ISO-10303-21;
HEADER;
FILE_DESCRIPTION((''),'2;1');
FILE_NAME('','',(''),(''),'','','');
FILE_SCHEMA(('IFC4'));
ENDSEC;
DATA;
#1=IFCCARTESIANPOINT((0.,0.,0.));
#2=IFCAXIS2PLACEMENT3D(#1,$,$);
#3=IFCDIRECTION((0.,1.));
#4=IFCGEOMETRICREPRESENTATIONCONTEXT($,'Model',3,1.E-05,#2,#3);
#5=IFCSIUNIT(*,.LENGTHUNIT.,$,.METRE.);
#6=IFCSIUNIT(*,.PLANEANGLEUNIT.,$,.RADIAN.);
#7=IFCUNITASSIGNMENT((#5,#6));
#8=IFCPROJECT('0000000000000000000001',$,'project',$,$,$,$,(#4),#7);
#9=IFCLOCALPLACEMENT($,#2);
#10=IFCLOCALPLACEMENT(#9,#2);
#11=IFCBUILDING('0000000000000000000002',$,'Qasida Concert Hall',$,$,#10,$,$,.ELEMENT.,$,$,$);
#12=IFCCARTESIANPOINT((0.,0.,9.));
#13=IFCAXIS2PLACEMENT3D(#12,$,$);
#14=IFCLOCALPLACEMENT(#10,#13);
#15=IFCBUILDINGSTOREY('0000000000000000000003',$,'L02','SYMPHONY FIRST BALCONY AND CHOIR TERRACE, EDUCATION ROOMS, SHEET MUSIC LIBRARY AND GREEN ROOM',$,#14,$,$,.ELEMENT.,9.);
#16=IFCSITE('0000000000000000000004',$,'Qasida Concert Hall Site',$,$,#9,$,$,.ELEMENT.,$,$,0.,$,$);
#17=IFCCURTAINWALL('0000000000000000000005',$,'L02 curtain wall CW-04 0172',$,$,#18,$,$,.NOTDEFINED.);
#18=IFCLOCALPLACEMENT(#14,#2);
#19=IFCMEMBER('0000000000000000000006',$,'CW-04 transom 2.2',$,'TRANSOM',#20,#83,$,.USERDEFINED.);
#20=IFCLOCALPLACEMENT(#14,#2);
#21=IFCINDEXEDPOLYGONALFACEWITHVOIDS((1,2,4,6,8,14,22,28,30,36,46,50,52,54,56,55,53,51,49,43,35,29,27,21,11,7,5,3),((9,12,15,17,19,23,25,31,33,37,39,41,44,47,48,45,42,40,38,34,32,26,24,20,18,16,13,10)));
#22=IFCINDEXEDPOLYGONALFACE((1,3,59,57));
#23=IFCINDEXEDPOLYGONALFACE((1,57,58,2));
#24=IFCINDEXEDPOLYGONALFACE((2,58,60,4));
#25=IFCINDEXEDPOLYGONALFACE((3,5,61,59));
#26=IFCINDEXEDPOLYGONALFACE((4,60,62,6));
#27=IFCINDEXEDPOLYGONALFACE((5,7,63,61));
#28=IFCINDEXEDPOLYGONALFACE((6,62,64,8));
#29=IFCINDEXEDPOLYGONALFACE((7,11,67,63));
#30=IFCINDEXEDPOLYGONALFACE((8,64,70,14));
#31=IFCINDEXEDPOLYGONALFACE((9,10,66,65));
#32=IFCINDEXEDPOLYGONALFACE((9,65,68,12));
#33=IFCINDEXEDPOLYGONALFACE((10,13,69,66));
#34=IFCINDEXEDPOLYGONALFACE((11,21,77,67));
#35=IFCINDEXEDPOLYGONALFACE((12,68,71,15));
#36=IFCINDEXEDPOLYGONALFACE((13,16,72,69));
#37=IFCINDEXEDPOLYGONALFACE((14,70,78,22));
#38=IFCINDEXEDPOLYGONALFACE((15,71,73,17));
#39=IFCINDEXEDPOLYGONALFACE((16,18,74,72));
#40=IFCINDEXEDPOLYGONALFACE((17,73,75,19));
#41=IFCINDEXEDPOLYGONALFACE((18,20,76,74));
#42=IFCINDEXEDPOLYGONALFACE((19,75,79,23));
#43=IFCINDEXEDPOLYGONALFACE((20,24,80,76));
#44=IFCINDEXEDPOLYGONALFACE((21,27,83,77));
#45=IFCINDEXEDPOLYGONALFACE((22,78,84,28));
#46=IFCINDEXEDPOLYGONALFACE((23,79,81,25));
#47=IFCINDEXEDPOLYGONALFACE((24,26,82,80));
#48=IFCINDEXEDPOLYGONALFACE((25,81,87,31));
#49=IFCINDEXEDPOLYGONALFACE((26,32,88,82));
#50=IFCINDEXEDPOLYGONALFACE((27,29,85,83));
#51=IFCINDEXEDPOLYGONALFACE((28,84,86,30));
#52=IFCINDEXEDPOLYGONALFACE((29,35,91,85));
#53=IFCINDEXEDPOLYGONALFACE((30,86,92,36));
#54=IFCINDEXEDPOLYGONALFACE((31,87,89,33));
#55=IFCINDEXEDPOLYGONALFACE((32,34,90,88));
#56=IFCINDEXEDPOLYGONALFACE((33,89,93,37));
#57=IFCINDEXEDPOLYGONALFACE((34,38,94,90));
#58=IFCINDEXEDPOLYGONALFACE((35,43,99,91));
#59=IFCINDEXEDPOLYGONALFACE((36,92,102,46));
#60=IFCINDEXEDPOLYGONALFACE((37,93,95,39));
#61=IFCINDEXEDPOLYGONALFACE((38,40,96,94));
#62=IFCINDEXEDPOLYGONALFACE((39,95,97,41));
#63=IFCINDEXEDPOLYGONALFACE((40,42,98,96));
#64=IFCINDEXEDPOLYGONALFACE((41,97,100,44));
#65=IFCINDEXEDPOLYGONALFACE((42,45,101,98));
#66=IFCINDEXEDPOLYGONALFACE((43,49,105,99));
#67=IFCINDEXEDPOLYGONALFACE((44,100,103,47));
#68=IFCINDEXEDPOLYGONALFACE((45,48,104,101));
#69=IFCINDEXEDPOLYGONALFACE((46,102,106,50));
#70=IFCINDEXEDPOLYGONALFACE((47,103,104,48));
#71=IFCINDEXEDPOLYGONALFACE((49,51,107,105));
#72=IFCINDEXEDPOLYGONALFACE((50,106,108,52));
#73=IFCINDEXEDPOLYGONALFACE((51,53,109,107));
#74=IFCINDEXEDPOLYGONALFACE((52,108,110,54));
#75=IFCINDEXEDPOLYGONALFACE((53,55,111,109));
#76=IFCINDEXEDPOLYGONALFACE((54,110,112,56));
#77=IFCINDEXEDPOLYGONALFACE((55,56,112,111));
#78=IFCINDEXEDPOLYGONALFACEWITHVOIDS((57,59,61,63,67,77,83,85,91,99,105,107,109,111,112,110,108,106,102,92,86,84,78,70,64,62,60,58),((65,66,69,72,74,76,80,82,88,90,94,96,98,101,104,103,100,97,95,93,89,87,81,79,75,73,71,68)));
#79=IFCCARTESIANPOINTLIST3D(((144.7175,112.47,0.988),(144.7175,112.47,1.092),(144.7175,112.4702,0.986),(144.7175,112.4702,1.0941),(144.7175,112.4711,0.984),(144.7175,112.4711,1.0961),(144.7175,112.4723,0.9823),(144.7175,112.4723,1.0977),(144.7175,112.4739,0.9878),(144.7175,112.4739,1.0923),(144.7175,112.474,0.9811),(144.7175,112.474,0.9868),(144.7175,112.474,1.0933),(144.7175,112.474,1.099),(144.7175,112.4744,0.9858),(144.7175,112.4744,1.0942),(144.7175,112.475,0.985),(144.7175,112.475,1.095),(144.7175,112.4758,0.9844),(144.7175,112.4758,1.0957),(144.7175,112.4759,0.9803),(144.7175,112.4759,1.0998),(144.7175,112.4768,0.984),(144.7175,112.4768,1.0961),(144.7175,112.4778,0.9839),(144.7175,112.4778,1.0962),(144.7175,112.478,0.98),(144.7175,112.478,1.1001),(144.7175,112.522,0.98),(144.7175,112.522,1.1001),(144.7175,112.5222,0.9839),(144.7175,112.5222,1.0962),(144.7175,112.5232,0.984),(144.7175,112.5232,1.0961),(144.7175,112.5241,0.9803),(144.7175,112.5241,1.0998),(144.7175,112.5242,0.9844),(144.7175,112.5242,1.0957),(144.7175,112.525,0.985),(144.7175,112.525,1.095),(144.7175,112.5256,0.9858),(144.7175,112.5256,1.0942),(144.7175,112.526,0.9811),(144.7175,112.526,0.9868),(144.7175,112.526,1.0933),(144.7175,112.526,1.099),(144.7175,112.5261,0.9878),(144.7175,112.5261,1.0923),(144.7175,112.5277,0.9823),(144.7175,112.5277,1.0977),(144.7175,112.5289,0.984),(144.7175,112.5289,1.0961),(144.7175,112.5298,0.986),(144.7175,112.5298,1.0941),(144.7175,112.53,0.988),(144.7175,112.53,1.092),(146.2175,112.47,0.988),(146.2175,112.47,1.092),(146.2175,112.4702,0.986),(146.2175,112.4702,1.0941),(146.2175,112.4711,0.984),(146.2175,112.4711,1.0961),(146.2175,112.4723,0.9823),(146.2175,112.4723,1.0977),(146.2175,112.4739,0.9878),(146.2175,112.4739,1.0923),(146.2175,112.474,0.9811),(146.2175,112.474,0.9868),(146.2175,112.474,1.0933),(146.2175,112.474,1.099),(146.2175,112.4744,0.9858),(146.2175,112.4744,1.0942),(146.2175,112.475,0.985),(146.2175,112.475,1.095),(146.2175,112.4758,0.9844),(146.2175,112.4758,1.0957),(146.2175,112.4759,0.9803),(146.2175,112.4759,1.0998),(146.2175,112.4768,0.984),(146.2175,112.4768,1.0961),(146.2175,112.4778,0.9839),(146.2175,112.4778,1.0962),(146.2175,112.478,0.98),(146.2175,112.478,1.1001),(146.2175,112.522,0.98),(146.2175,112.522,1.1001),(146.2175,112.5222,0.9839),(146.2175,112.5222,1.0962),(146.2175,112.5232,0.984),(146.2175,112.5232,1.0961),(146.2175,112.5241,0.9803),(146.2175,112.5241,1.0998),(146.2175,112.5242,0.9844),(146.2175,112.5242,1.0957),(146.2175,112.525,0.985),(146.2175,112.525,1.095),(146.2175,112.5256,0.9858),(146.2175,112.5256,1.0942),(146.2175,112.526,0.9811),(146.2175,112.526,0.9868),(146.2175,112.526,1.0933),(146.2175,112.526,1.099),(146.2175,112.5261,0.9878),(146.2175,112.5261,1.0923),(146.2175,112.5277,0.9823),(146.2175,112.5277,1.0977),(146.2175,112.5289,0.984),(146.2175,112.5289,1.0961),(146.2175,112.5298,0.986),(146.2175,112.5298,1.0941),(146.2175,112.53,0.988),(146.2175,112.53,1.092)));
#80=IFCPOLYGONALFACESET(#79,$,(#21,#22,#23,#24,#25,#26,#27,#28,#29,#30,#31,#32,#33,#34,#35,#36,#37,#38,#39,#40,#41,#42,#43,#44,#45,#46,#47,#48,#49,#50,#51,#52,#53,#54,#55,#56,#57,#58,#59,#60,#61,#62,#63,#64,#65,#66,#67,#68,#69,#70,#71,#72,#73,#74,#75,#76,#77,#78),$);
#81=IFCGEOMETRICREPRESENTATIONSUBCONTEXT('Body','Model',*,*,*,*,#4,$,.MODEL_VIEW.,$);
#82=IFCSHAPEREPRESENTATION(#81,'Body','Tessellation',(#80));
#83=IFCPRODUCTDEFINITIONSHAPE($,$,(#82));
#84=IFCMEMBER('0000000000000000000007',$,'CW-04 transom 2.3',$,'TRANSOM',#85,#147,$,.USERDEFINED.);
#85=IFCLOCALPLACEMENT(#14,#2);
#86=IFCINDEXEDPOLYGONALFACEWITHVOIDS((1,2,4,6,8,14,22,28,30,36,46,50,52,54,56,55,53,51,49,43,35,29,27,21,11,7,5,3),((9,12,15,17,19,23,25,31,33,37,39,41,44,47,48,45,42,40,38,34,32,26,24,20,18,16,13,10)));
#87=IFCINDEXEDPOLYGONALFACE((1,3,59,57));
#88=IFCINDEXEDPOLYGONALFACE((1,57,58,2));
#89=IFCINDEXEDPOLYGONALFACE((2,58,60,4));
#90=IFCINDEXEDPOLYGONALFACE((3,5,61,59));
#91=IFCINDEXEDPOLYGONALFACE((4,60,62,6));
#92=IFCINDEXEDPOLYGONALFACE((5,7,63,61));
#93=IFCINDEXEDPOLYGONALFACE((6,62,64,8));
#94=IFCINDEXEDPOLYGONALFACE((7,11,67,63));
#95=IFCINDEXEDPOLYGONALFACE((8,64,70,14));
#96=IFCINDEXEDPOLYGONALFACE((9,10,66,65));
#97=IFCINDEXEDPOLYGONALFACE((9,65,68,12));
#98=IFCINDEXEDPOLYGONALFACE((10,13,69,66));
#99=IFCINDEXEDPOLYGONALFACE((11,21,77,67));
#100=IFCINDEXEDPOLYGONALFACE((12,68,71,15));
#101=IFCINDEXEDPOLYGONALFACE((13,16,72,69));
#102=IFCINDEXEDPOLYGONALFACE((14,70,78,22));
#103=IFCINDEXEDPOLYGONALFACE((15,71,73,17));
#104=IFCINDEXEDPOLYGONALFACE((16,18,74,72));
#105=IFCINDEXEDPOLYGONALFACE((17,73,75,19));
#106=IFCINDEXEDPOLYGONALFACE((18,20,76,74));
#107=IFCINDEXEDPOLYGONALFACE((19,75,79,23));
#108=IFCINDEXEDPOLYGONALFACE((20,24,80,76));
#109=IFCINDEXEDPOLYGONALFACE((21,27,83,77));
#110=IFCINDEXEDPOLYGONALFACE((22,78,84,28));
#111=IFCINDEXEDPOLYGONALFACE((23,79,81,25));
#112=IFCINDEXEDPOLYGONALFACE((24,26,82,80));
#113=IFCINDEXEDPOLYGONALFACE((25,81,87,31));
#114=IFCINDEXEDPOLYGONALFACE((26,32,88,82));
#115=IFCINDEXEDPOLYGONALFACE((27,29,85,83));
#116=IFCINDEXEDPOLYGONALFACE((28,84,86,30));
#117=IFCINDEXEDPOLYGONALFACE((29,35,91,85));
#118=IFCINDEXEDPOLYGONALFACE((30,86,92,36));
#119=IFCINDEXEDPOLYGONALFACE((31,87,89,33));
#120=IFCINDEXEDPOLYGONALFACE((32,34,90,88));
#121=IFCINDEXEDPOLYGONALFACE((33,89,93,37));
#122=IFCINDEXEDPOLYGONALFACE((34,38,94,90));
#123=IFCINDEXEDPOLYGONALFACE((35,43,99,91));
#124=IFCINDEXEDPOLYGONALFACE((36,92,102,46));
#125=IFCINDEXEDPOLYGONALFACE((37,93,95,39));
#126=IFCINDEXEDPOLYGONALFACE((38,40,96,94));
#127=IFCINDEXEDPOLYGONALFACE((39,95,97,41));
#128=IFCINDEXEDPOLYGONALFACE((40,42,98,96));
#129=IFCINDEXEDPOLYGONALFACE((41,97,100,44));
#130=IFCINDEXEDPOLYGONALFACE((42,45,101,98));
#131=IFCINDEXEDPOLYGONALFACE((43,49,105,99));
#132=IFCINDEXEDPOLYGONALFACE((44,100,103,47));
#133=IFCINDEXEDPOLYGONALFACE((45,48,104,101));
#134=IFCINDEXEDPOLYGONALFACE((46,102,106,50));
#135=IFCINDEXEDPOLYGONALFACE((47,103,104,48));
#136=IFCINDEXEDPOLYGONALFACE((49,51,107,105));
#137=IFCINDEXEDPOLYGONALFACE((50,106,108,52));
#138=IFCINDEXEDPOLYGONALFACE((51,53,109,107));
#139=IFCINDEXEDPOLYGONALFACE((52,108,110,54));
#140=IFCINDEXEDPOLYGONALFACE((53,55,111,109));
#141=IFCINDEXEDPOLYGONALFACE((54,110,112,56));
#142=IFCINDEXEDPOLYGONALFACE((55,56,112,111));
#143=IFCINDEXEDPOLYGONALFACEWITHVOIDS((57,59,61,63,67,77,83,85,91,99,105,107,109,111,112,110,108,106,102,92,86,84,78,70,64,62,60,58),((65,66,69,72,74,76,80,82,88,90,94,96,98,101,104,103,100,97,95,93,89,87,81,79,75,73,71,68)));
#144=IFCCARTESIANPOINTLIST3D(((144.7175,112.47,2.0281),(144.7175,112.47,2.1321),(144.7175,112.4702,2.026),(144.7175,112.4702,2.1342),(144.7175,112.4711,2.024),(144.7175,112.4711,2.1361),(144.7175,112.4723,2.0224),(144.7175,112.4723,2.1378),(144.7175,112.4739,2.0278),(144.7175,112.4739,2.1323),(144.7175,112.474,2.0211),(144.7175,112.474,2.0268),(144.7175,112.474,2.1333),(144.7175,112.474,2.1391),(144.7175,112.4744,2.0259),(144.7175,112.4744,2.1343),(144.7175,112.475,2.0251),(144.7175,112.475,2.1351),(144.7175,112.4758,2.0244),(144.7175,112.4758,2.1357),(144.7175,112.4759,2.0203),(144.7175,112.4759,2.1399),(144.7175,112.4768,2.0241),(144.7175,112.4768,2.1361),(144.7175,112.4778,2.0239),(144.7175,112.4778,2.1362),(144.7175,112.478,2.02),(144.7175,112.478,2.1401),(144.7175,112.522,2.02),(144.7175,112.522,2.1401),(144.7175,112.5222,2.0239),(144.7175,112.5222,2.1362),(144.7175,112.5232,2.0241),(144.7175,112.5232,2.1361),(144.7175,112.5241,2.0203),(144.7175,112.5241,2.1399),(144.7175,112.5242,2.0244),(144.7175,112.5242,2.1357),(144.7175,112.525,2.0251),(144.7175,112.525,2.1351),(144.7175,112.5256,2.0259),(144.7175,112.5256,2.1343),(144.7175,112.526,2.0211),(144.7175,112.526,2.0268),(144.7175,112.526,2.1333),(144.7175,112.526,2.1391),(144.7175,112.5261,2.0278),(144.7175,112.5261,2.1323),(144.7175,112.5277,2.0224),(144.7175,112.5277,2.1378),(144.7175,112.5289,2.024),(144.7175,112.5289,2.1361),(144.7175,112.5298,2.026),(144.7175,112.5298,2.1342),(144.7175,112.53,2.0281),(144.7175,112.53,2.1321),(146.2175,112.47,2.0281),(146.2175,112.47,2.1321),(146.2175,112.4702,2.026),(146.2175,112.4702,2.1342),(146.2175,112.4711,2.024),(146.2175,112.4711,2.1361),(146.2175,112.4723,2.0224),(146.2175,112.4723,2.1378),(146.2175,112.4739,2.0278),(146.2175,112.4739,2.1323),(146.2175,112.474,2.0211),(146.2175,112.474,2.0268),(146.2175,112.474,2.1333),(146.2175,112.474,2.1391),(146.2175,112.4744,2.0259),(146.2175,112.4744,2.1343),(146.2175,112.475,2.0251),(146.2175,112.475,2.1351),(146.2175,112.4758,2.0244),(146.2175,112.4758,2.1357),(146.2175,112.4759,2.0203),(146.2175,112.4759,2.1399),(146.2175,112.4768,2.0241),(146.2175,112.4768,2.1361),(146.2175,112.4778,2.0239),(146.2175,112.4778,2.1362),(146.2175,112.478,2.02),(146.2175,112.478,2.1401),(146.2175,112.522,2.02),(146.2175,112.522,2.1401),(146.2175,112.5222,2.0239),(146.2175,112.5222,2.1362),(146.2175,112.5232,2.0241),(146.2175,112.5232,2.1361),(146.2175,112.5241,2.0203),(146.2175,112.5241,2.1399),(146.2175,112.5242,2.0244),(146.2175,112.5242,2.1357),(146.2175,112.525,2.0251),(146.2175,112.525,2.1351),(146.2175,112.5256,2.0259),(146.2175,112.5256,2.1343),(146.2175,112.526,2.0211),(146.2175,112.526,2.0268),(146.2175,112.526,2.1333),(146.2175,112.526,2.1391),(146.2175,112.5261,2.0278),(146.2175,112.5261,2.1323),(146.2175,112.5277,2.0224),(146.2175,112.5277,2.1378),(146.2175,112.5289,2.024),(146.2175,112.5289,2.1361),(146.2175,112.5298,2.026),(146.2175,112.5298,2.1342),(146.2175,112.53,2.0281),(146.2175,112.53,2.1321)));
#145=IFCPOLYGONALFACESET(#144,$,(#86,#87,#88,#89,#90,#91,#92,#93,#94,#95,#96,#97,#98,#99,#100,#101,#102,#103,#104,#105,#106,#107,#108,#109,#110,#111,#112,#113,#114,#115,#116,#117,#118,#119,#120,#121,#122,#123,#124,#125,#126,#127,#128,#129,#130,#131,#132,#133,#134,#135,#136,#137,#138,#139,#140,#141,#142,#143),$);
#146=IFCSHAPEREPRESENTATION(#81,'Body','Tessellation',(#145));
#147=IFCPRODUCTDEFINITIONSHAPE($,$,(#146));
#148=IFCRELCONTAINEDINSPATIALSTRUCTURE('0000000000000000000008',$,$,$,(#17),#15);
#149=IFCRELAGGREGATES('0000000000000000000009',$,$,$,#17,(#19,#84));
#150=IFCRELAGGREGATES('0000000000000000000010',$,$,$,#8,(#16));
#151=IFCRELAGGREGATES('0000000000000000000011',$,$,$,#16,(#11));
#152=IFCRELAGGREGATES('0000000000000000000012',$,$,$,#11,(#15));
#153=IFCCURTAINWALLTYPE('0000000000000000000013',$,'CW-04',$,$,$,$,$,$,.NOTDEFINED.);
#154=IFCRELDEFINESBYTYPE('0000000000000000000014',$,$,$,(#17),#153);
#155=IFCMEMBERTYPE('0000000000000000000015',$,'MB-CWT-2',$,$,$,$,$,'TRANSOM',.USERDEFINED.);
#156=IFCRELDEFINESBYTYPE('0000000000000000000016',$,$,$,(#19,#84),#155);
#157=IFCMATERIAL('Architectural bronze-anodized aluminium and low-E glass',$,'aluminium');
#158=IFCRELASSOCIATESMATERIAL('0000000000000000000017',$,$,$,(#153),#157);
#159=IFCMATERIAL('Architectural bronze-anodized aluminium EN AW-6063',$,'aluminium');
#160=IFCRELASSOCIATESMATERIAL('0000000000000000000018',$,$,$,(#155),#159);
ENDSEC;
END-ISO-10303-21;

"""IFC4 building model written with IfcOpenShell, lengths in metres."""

from ifc_helpers import new_model, si_unit, direction, frame, origin, origin_2d, place, context, subcontext, project, spatial, hollow_rectangle, extrude, material, material_profile, profile_set, type_object, element, aggregate, save


model = new_model("IFC4")

# Units and contexts
model_context = context("Model", 3, precision=1e-05, world=origin(), true_north=direction((0.0, 1.0)))
body_context = subcontext(model_context, "Body", "Model", "MODEL_VIEW")
ifc_project = project(units=[si_unit("LENGTHUNIT", "METRE"), si_unit("PLANEANGLEUNIT", "RADIAN")], contexts=[model_context])

# Site, building, storey
site_placement = place(None, origin())
site = spatial("IfcSite", under=ifc_project, at=site_placement, Name="Qasida Concert Hall Site", CompositionType="ELEMENT", RefElevation=0.0)
building_placement = place(site_placement, origin())
building = spatial("IfcBuilding", under=site, at=building_placement, Name="Qasida Concert Hall", CompositionType="ELEMENT")
storey_placement = place(building_placement, frame((0.0, 0.0, 9.0)))
storey = spatial("IfcBuildingStorey", under=building, at=storey_placement, Name="L02", Description="SYMPHONY FIRST BALCONY AND CHOIR TERRACE, EDUCATION ROOMS, SHEET MUSIC LIBRARY AND GREEN ROOM", CompositionType="ELEMENT", Elevation=9.0)

# Curtain wall, members
ifc_material_1 = material(Name="Architectural bronze-anodized aluminium and low-E glass", Category="aluminium")
curtain_wall_type = type_object("IfcCurtainWallType", Name="CW-04", PredefinedType="NOTDEFINED", material=ifc_material_1)
curtain_wall_placement = place(storey_placement, origin())
curtain_wall = element("IfcCurtainWall", 1, at=curtain_wall_placement, inside=storey, type_object=curtain_wall_type, Name="L02 curtain wall CW-04 0172", PredefinedType="NOTDEFINED")
ifc_material_2 = material(Name="Architectural bronze-anodized aluminium EN AW-6063", Category="aluminium")
ifc_material_profile_1 = material_profile(ifc_material_2, hollow_rectangle(XDim=0.0601, YDim=0.1201, WallThickness=0.0039, InnerFilletRadius=0.0039, OuterFilletRadius=0.0081, at=origin_2d()), Name="CWT 120x60x4")
ifc_profile_set_1 = profile_set([ifc_material_profile_1], Name="Architectural bronze-anodized aluminium EN AW-6063")
member_type_1 = type_object("IfcMemberType", Name="MB-CWT-2", ElementType="TRANSOM", PredefinedType="USERDEFINED", material=ifc_profile_set_1)
member_1_placement = place(storey_placement, frame((144.7175, 112.5, 1.04), z_axis=(1.0, 0.0, 0.0), x_axis=(0.0, 1.0, 0.0)))
member_1 = element("IfcMember", 2, at=member_1_placement, type_object=member_type_1, Name="CW-04 transom 2.2", ObjectType="TRANSOM", PredefinedType="USERDEFINED", context=body_context, shape_type="SweptSolid", body=[
    extrude(hollow_rectangle(XDim=0.0601, YDim=0.1201, WallThickness=0.0039, InnerFilletRadius=0.0039, OuterFilletRadius=0.0081, at=origin_2d()), origin(), (0.0, 0.0, 1.0), 1.5),
])
member_2_placement = place(storey_placement, frame((144.7175, 112.5, 2.0801), z_axis=(1.0, 0.0, 0.0), x_axis=(0.0, 1.0, 0.0)))
member_2 = element("IfcMember", 3, at=member_2_placement, type_object=member_type_1, Name="CW-04 transom 2.3", ObjectType="TRANSOM", PredefinedType="USERDEFINED", context=body_context, shape_type="SweptSolid", body=[
    extrude(hollow_rectangle(XDim=0.0601, YDim=0.1201, WallThickness=0.0039, InnerFilletRadius=0.0039, OuterFilletRadius=0.0081, at=origin_2d()), origin(), (0.0, 0.0, 1.0), 1.5),
])
aggregate(curtain_wall, [member_1, member_2])

save(model, "model.ifc")
